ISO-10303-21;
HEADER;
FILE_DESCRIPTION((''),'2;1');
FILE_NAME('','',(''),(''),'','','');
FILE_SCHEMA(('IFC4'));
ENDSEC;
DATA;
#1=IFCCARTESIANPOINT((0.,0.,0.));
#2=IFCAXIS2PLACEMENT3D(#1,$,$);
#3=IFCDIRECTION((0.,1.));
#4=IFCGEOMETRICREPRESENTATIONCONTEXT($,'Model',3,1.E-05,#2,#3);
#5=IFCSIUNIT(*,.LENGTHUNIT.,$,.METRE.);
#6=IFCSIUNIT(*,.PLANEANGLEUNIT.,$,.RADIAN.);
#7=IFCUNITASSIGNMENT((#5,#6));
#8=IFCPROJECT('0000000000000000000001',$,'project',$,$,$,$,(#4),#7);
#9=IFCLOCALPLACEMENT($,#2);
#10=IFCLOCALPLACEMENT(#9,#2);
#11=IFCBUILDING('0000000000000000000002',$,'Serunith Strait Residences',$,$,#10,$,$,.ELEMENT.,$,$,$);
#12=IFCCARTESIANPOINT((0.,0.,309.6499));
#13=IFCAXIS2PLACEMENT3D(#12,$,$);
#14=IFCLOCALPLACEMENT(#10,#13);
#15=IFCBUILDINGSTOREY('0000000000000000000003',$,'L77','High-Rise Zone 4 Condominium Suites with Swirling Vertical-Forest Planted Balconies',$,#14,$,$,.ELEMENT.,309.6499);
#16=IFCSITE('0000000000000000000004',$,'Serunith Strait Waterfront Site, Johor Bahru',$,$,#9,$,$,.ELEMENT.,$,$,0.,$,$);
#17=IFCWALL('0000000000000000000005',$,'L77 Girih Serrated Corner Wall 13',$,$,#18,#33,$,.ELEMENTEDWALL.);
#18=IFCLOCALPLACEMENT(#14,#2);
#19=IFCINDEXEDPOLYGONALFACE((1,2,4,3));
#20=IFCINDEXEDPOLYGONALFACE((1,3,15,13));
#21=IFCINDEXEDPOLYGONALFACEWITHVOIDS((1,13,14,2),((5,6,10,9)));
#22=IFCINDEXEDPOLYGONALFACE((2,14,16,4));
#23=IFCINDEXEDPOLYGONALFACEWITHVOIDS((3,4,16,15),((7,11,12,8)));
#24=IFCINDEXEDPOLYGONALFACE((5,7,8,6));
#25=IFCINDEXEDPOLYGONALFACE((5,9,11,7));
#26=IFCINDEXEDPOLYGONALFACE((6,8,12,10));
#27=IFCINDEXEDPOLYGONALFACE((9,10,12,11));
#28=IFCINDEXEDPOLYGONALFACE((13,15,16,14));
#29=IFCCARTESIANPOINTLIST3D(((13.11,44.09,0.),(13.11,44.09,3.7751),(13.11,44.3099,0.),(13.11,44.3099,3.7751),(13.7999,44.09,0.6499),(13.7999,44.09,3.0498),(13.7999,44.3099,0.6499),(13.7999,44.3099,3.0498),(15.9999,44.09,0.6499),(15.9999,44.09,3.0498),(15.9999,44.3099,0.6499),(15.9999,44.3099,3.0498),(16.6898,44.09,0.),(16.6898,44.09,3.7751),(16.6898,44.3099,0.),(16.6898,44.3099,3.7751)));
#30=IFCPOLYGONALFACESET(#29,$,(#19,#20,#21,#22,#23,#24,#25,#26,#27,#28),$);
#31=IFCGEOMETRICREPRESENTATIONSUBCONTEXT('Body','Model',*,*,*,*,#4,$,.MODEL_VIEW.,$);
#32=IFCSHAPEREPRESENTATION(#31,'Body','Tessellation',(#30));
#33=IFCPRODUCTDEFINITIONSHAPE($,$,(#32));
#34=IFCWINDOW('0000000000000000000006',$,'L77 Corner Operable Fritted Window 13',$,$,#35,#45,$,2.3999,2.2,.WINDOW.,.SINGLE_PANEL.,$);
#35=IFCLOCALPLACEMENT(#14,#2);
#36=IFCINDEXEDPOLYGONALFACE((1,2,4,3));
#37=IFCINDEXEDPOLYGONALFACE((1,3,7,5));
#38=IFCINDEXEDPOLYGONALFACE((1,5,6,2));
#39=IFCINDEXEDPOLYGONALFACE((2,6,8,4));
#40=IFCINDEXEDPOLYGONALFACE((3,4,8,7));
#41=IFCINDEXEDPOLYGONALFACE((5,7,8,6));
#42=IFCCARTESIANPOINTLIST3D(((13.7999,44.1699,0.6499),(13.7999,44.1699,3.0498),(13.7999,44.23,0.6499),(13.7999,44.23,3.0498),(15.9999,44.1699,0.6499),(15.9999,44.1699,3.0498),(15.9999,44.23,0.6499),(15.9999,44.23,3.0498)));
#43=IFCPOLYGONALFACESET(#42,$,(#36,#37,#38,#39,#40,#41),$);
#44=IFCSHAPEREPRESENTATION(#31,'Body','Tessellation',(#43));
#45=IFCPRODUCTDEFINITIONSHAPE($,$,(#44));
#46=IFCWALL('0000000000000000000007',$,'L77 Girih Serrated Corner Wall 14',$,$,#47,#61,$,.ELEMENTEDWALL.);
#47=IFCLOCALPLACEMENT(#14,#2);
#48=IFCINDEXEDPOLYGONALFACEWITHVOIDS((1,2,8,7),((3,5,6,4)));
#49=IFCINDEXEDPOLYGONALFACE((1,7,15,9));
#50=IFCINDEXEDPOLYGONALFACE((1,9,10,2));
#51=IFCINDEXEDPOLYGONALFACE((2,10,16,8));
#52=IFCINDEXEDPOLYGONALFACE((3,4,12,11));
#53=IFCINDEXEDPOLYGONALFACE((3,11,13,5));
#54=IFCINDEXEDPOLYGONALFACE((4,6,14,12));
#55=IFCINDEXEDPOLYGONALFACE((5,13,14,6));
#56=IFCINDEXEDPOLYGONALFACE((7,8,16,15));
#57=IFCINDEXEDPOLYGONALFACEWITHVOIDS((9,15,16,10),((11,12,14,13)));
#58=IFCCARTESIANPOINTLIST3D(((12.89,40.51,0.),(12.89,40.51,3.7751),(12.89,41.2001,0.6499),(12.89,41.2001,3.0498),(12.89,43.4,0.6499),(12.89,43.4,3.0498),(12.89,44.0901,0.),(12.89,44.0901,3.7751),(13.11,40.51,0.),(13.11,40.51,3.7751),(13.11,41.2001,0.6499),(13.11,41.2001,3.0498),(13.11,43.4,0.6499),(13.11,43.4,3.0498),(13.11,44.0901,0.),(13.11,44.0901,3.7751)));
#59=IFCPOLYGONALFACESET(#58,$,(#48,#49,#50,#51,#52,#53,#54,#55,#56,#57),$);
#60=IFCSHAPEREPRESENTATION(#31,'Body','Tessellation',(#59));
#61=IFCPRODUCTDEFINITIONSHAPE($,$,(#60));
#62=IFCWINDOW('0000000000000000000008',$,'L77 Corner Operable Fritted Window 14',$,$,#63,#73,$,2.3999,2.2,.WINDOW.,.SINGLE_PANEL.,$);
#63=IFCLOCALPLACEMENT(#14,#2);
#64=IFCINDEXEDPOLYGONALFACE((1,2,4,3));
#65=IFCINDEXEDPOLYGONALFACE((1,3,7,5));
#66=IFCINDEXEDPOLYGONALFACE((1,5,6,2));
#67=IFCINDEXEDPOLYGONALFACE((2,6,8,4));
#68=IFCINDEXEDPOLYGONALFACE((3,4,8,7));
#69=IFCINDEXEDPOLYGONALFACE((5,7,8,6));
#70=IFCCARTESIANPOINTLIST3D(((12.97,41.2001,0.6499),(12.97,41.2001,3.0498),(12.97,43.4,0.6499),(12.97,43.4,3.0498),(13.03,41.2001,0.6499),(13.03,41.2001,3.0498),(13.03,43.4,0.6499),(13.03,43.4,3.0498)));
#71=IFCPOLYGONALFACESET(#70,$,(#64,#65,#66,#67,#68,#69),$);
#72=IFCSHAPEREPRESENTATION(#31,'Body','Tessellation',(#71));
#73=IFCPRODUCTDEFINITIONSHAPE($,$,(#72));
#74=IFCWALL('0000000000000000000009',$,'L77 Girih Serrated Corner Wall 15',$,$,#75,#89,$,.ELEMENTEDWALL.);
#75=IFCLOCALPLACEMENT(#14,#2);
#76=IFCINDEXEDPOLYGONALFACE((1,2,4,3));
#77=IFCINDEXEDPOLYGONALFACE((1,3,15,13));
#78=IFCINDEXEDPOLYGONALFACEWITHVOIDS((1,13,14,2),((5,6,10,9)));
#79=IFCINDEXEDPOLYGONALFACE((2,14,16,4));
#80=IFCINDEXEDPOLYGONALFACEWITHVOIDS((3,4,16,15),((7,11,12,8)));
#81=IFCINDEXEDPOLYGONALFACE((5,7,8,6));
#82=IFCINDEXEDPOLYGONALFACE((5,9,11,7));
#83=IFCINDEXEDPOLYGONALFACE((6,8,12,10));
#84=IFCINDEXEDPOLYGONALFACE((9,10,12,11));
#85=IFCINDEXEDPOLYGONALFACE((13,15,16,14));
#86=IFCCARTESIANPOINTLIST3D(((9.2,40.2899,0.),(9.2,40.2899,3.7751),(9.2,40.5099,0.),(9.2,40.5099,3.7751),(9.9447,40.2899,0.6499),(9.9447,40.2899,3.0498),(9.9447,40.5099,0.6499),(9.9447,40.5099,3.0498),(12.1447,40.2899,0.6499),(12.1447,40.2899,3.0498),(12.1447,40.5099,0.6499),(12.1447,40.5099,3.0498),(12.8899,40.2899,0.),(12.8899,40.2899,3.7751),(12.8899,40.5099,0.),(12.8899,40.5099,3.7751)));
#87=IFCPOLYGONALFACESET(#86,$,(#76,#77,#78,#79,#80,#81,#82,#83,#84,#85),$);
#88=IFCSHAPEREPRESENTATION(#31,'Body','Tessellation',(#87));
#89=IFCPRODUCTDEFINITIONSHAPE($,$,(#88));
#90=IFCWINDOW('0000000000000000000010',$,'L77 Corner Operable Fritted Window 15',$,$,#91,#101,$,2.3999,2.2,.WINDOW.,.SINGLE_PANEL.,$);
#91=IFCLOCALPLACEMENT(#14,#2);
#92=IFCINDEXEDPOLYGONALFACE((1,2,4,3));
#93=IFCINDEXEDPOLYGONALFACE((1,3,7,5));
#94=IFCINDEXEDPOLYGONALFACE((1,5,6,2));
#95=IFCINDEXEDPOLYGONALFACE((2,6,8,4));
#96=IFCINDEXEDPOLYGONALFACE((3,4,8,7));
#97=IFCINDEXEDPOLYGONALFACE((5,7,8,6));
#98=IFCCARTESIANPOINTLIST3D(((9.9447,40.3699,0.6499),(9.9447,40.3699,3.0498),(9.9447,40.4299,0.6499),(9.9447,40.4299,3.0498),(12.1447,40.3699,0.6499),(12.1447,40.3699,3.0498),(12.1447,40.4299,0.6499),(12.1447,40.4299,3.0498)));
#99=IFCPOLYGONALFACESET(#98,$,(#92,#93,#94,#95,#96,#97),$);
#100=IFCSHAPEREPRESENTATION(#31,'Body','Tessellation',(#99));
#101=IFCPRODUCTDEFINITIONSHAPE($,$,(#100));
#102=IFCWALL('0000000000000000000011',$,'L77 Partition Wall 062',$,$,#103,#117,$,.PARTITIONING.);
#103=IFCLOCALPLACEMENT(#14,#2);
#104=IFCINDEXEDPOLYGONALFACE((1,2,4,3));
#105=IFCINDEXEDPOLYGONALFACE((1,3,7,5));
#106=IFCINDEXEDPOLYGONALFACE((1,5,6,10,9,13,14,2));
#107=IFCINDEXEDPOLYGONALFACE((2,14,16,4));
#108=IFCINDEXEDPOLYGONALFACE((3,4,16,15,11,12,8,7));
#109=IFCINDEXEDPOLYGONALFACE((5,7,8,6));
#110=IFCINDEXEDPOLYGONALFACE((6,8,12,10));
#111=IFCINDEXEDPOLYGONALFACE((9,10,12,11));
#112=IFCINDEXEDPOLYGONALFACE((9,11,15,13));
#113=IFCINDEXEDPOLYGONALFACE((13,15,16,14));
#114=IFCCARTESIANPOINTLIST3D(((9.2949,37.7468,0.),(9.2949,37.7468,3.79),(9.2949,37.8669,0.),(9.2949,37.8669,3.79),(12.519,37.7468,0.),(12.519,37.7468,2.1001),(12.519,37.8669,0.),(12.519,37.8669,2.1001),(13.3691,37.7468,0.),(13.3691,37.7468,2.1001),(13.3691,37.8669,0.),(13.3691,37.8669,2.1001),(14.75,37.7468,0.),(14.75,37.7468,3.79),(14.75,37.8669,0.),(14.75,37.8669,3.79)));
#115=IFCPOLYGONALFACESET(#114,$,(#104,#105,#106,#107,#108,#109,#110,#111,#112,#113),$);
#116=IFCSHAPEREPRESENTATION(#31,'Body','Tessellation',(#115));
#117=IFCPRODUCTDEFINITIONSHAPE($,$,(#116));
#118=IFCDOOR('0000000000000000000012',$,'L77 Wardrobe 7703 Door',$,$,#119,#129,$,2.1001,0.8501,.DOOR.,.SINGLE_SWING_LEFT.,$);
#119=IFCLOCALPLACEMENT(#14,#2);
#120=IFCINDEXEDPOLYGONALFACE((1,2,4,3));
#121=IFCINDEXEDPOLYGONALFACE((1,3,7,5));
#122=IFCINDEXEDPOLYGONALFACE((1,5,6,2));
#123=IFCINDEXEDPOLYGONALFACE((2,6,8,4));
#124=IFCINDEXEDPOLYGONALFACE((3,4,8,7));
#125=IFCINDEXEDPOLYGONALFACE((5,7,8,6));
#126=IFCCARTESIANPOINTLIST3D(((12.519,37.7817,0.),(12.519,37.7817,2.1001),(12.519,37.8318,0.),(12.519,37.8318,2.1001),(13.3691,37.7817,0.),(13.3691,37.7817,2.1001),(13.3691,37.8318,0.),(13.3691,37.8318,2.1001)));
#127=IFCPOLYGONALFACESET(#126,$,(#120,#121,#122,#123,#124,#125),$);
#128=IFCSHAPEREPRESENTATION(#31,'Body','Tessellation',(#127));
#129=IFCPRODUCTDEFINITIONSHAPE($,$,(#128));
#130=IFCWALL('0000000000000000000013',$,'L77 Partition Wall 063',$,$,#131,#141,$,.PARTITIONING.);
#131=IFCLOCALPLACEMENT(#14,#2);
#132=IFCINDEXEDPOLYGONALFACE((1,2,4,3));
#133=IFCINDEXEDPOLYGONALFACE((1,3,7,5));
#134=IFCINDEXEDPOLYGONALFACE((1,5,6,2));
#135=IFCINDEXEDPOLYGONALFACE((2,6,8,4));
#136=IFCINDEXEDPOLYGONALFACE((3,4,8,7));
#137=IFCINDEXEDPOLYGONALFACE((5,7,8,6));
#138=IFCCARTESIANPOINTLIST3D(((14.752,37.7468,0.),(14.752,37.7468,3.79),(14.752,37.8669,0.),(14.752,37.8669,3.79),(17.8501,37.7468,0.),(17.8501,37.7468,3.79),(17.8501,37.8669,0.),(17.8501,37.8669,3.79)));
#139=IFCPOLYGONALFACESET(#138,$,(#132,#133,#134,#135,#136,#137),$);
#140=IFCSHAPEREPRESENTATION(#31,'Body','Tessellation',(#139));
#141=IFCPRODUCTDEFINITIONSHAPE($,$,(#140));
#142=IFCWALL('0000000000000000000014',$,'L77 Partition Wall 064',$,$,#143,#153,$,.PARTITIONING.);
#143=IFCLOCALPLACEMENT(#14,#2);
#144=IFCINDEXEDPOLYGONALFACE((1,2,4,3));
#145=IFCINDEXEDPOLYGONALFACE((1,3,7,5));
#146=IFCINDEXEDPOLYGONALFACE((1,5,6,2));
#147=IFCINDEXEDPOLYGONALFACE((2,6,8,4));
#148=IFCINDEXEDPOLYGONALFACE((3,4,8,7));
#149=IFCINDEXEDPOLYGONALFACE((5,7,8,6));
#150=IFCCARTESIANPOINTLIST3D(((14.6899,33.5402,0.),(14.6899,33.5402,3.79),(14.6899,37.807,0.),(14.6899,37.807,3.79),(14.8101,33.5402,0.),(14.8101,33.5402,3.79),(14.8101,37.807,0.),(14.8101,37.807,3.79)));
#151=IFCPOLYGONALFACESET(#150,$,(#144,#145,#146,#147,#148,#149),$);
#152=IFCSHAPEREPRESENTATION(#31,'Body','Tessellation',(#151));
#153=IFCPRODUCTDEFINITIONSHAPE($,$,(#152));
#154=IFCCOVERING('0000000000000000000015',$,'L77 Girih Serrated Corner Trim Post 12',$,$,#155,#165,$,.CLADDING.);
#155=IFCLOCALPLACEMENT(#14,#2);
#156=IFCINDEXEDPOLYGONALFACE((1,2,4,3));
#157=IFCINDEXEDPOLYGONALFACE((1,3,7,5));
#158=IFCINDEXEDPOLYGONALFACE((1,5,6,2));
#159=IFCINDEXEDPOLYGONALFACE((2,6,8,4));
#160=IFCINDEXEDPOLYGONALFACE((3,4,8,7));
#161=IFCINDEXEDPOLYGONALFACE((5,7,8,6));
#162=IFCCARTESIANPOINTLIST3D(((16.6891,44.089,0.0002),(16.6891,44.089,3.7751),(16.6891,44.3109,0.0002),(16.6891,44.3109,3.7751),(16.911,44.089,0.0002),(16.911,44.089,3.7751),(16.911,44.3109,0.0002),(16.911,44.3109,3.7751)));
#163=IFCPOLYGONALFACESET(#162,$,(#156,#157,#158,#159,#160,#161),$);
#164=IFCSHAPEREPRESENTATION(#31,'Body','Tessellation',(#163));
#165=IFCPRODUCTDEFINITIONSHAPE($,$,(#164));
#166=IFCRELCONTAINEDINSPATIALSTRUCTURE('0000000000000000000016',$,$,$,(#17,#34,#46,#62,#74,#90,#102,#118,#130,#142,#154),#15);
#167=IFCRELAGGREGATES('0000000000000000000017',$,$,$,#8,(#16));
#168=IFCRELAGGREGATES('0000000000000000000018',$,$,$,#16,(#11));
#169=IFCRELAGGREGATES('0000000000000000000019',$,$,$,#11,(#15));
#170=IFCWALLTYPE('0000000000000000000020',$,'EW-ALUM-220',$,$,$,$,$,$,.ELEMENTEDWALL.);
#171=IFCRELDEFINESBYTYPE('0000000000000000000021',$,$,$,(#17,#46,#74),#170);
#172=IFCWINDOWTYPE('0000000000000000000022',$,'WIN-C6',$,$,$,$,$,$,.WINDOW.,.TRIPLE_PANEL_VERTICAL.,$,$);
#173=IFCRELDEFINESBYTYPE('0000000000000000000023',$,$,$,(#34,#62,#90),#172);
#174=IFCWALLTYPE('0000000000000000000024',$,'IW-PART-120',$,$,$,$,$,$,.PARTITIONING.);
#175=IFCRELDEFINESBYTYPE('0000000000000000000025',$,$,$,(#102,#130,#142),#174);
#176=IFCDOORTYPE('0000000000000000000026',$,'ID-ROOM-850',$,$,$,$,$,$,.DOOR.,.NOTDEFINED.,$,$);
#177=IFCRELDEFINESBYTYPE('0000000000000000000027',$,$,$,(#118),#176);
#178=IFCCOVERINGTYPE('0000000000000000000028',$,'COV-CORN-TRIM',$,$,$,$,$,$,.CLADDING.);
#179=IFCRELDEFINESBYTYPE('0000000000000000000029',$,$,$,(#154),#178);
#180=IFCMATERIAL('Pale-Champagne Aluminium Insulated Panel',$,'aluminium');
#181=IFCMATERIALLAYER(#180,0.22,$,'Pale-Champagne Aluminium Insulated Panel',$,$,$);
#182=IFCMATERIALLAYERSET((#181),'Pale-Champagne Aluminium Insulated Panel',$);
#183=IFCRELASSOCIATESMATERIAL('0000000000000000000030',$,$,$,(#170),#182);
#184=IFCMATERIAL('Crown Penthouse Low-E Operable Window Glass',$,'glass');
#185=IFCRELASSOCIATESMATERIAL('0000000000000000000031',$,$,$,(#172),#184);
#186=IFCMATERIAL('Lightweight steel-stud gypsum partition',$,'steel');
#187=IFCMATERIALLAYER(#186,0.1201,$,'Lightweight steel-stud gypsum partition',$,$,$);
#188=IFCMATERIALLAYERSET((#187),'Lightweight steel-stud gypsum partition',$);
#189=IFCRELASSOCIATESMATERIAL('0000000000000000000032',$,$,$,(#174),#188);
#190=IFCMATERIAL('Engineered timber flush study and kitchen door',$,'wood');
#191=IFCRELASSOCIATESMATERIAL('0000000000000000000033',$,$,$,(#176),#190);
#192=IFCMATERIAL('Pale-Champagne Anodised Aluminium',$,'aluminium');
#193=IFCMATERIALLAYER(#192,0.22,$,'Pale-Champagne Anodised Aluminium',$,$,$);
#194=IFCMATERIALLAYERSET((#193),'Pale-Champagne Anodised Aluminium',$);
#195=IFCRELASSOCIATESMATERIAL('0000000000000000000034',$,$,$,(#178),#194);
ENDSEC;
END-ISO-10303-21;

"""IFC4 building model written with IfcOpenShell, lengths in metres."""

from ifc_helpers import new_model, si_unit, direction, frame, frame_2d, origin, origin_2d, place, context, subcontext, project, spatial, rectangle, extrude, source, transform, mapped, material, layer, layer_set, type_object, element, fill, save


model = new_model("IFC4")

# Units and contexts
model_context = context("Model", 3, precision=1e-05, world=origin(), true_north=direction((0.0, 1.0)))
body_context = subcontext(model_context, "Body", "Model", "MODEL_VIEW")
ifc_project = project(units=[si_unit("LENGTHUNIT", "METRE"), si_unit("PLANEANGLEUNIT", "RADIAN")], contexts=[model_context])

# Site, building, storey
site_placement = place(None, origin())
site = spatial("IfcSite", under=ifc_project, at=site_placement, Name="Serunith Strait Waterfront Site, Johor Bahru", CompositionType="ELEMENT", RefElevation=0.0)
building_placement = place(site_placement, origin())
building = spatial("IfcBuilding", under=site, at=building_placement, Name="Serunith Strait Residences", CompositionType="ELEMENT")
storey_placement = place(building_placement, frame((0.0, 0.0, 309.6499)))
storey = spatial("IfcBuildingStorey", under=building, at=storey_placement, Name="L77", Description="High-Rise Zone 4 Condominium Suites with Swirling Vertical-Forest Planted Balconies", CompositionType="ELEMENT", Elevation=309.6499)

# Walls, openings, windows
ifc_material_1 = material(Name="Pale-Champagne Aluminium Insulated Panel", Category="aluminium")
ifc_layer_1 = layer(ifc_material_1, 0.22, Name="Pale-Champagne Aluminium Insulated Panel")
ifc_layer_set_1 = layer_set([ifc_layer_1], Name="Pale-Champagne Aluminium Insulated Panel")
wall_type_1 = type_object("IfcWallType", Name="EW-ALUM-220", PredefinedType="ELEMENTEDWALL", material=ifc_layer_set_1)
ifc_material_2 = material(Name="Crown Penthouse Low-E Operable Window Glass", Category="glass")
window_type = type_object("IfcWindowType", Name="WIN-C6", PartitioningType="TRIPLE_PANEL_VERTICAL", PredefinedType="WINDOW", material=ifc_material_2)
shared_shape_1 = source(origin(), body_context, "Body", "SweptSolid", [
    extrude(rectangle(XDim=2.2, YDim=2.3999, at=frame_2d((1.1001, 1.2))), frame((0.0, 0.03, 0.0), z_axis=(0.0, -1.0, 0.0), x_axis=(1.0, 0.0, 0.0)), (0.0, 0.0, 1.0), 0.0601),
])
wall_1_placement = place(storey_placement, frame((16.6899, 44.2, 0.0), z_axis=(0.0, 0.0, 1.0), x_axis=(-1.0, 0.0, 0.0)))
wall_1 = element("IfcWall", 1, at=wall_1_placement, inside=storey, type_object=wall_type_1, Name="L77 Girih Serrated Corner Wall 13", PredefinedType="ELEMENTEDWALL", context=body_context, shape_type="SweptSolid", body=[
    extrude(rectangle(XDim=3.5798, YDim=0.22, at=frame_2d((1.79, 0.0))), origin(), (0.0, 0.0, 1.0), 3.7751),
])
opening_1_placement = place(wall_1_placement, frame((0.6899, 0.0, 0.6499)))
opening_1 = element("IfcOpeningElement", 2, at=opening_1_placement, cuts=wall_1, PredefinedType="OPENING", context=body_context, shape_type="SweptSolid", body=[
    extrude(rectangle(XDim=2.2, YDim=2.3999, at=frame_2d((1.1001, 1.2))), frame((0.0, 0.1201, 0.0), z_axis=(0.0, -1.0, 0.0), x_axis=(1.0, 0.0, 0.0)), (0.0, 0.0, 1.0), 0.24),
])
window_1_placement = place(opening_1_placement, origin())
window_1 = element("IfcWindow", 3, at=window_1_placement, inside=storey, type_object=window_type, Name="L77 Corner Operable Fritted Window 13", OverallHeight=2.3999, OverallWidth=2.2, PartitioningType="SINGLE_PANEL", PredefinedType="WINDOW", context=body_context, shape_type="MappedRepresentation", body=[
    mapped(shared_shape_1, transform((0.0, 0.0, 0.0), scale=1.0)),
])
fill(opening_1, window_1)
wall_2_placement = place(storey_placement, frame((13.0, 44.0901, 0.0), z_axis=(0.0, 0.0, 1.0), x_axis=(0.0, -1.0, 0.0)))
wall_2 = element("IfcWall", 4, at=wall_2_placement, inside=storey, type_object=wall_type_1, Name="L77 Girih Serrated Corner Wall 14", PredefinedType="ELEMENTEDWALL", context=body_context, shape_type="SweptSolid", body=[
    extrude(rectangle(XDim=3.5801, YDim=0.22, at=frame_2d((1.79, 0.0))), origin(), (0.0, 0.0, 1.0), 3.7751),
])
opening_2_placement = place(wall_2_placement, frame((0.6899, 0.0, 0.6499)))
opening_2 = element("IfcOpeningElement", 5, at=opening_2_placement, cuts=wall_2, PredefinedType="OPENING", context=body_context, shape_type="SweptSolid", body=[
    extrude(rectangle(XDim=2.2, YDim=2.3999, at=frame_2d((1.1001, 1.2))), frame((0.0, 0.1201, 0.0), z_axis=(0.0, -1.0, 0.0), x_axis=(1.0, 0.0, 0.0)), (0.0, 0.0, 1.0), 0.24),
])
window_2_placement = place(opening_2_placement, origin())
window_2 = element("IfcWindow", 6, at=window_2_placement, inside=storey, type_object=window_type, Name="L77 Corner Operable Fritted Window 14", OverallHeight=2.3999, OverallWidth=2.2, PartitioningType="SINGLE_PANEL", PredefinedType="WINDOW", context=body_context, shape_type="MappedRepresentation", body=[
    mapped(shared_shape_1, transform((0.0, 0.0, 0.0), scale=1.0)),
])
fill(opening_2, window_2)
wall_3_placement = place(storey_placement, frame((12.8899, 40.3999, 0.0), z_axis=(0.0, 0.0, 1.0), x_axis=(-1.0, 0.0, 0.0)))
wall_3 = element("IfcWall", 7, at=wall_3_placement, inside=storey, type_object=wall_type_1, Name="L77 Girih Serrated Corner Wall 15", PredefinedType="ELEMENTEDWALL", context=body_context, shape_type="SweptSolid", body=[
    extrude(rectangle(XDim=3.6899, YDim=0.22, at=frame_2d((1.845, 0.0))), origin(), (0.0, 0.0, 1.0), 3.7751),
])
opening_3_placement = place(wall_3_placement, frame((0.7451, 0.0, 0.6499)))
opening_3 = element("IfcOpeningElement", 8, at=opening_3_placement, cuts=wall_3, PredefinedType="OPENING", context=body_context, shape_type="SweptSolid", body=[
    extrude(rectangle(XDim=2.2, YDim=2.3999, at=frame_2d((1.1001, 1.2))), frame((0.0, 0.1201, 0.0), z_axis=(0.0, -1.0, 0.0), x_axis=(1.0, 0.0, 0.0)), (0.0, 0.0, 1.0), 0.24),
])
window_3_placement = place(opening_3_placement, origin())
window_3 = element("IfcWindow", 9, at=window_3_placement, inside=storey, type_object=window_type, Name="L77 Corner Operable Fritted Window 15", OverallHeight=2.3999, OverallWidth=2.2, PartitioningType="SINGLE_PANEL", PredefinedType="WINDOW", context=body_context, shape_type="MappedRepresentation", body=[
    mapped(shared_shape_1, transform((0.0, 0.0, 0.0), scale=1.0)),
])
fill(opening_3, window_3)

# Wall, opening, door
ifc_material_3 = material(Name="Lightweight steel-stud gypsum partition", Category="steel")
ifc_layer_2 = layer(ifc_material_3, 0.1201, Name="Lightweight steel-stud gypsum partition")
ifc_layer_set_2 = layer_set([ifc_layer_2], Name="Lightweight steel-stud gypsum partition")
wall_type_2 = type_object("IfcWallType", Name="IW-PART-120", PredefinedType="PARTITIONING", material=ifc_layer_set_2)
wall_4_placement = place(storey_placement, frame((9.2949, 37.8069, 0.0), z_axis=(0.0, 0.0, 1.0), x_axis=(1.0, 0.0, 0.0)))
wall_4 = element("IfcWall", 10, at=wall_4_placement, inside=storey, type_object=wall_type_2, Name="L77 Partition Wall 062", PredefinedType="PARTITIONING", context=body_context, shape_type="SweptSolid", body=[
    extrude(rectangle(XDim=5.4551, YDim=0.1201, at=frame_2d((2.7275, 0.0))), origin(), (0.0, 0.0, 1.0), 3.79),
])
opening_4_placement = place(wall_4_placement, frame((3.2241, 0.0, 0.0)))
opening_4 = element("IfcOpeningElement", 11, at=opening_4_placement, cuts=wall_4, PredefinedType="OPENING", context=body_context, shape_type="SweptSolid", body=[
    extrude(rectangle(XDim=0.8501, YDim=2.1001, at=frame_2d((0.425, 1.05))), frame((0.0, 0.0701, 0.0), z_axis=(0.0, -1.0, 0.0), x_axis=(1.0, 0.0, 0.0)), (0.0, 0.0, 1.0), 0.1401),
])
ifc_material_4 = material(Name="Engineered timber flush study and kitchen door", Category="wood")
door_type = type_object("IfcDoorType", Name="ID-ROOM-850", OperationType="NOTDEFINED", PredefinedType="DOOR", material=ifc_material_4)
shared_shape_2 = source(origin(), body_context, "Body", "SweptSolid", [
    extrude(rectangle(XDim=0.8501, YDim=2.1001, at=frame_2d((0.425, 1.05))), frame((0.0, 0.0249, 0.0), z_axis=(0.0, -1.0, 0.0), x_axis=(1.0, 0.0, 0.0)), (0.0, 0.0, 1.0), 0.05),
])
door_placement = place(opening_4_placement, origin())
door = element("IfcDoor", 12, at=door_placement, inside=storey, type_object=door_type, Name="L77 Wardrobe 7703 Door", OperationType="SINGLE_SWING_LEFT", OverallHeight=2.1001, OverallWidth=0.8501, PredefinedType="DOOR", context=body_context, shape_type="MappedRepresentation", body=[
    mapped(shared_shape_2, transform((0.0, 0.0, 0.0), scale=1.0)),
])
fill(opening_4, door)

# Walls
wall_5_placement = place(storey_placement, frame((14.752, 37.8069, 0.0), z_axis=(0.0, 0.0, 1.0), x_axis=(1.0, 0.0, 0.0)))
element("IfcWall", 13, at=wall_5_placement, inside=storey, type_object=wall_type_2, Name="L77 Partition Wall 063", PredefinedType="PARTITIONING", context=body_context, shape_type="SweptSolid", body=[
    extrude(rectangle(XDim=3.0981, YDim=0.1201, at=frame_2d((1.5491, 0.0))), origin(), (0.0, 0.0, 1.0), 3.79),
])
wall_6_placement = place(storey_placement, frame((14.75, 37.8069, 0.0), z_axis=(0.0, 0.0, 1.0), x_axis=(0.0, -1.0, 0.0)))
element("IfcWall", 14, at=wall_6_placement, inside=storey, type_object=wall_type_2, Name="L77 Partition Wall 064", PredefinedType="PARTITIONING", context=body_context, shape_type="SweptSolid", body=[
    extrude(rectangle(XDim=4.2668, YDim=0.1201, at=frame_2d((2.1333, 0.0))), origin(), (0.0, 0.0, 1.0), 3.79),
])

# Covering
ifc_material_5 = material(Name="Pale-Champagne Anodised Aluminium", Category="aluminium")
ifc_layer_3 = layer(ifc_material_5, 0.22, Name="Pale-Champagne Anodised Aluminium")
ifc_layer_set_3 = layer_set([ifc_layer_3], Name="Pale-Champagne Anodised Aluminium")
covering_type = type_object("IfcCoveringType", Name="COV-CORN-TRIM", PredefinedType="CLADDING", material=ifc_layer_set_3)
shared_shape_3 = source(origin(), body_context, "Body", "SweptSolid", [
    extrude(rectangle(XDim=0.2219, YDim=0.2219, at=origin_2d()), origin(), (0.0, 0.0, 1.0), 3.7749),
])
for number, where, z_axis, x_axis, name in (
    (15, (16.8, 44.2, 0.0002), (0.0, 0.0, 1.0), (1.0, 0.0, 0.0), "L77 Girih Serrated Corner Trim Post 12"),
):
    element("IfcCovering", number, at=place(storey_placement, frame(where, z_axis=z_axis, x_axis=x_axis)), inside=storey, type_object=covering_type, Name=name, PredefinedType="CLADDING", context=body_context, shape_type="MappedRepresentation", body=[
        mapped(shared_shape_3, transform((0.0, 0.0, 0.0), scale=1.0)),
    ])

save(model, "model.ifc")
